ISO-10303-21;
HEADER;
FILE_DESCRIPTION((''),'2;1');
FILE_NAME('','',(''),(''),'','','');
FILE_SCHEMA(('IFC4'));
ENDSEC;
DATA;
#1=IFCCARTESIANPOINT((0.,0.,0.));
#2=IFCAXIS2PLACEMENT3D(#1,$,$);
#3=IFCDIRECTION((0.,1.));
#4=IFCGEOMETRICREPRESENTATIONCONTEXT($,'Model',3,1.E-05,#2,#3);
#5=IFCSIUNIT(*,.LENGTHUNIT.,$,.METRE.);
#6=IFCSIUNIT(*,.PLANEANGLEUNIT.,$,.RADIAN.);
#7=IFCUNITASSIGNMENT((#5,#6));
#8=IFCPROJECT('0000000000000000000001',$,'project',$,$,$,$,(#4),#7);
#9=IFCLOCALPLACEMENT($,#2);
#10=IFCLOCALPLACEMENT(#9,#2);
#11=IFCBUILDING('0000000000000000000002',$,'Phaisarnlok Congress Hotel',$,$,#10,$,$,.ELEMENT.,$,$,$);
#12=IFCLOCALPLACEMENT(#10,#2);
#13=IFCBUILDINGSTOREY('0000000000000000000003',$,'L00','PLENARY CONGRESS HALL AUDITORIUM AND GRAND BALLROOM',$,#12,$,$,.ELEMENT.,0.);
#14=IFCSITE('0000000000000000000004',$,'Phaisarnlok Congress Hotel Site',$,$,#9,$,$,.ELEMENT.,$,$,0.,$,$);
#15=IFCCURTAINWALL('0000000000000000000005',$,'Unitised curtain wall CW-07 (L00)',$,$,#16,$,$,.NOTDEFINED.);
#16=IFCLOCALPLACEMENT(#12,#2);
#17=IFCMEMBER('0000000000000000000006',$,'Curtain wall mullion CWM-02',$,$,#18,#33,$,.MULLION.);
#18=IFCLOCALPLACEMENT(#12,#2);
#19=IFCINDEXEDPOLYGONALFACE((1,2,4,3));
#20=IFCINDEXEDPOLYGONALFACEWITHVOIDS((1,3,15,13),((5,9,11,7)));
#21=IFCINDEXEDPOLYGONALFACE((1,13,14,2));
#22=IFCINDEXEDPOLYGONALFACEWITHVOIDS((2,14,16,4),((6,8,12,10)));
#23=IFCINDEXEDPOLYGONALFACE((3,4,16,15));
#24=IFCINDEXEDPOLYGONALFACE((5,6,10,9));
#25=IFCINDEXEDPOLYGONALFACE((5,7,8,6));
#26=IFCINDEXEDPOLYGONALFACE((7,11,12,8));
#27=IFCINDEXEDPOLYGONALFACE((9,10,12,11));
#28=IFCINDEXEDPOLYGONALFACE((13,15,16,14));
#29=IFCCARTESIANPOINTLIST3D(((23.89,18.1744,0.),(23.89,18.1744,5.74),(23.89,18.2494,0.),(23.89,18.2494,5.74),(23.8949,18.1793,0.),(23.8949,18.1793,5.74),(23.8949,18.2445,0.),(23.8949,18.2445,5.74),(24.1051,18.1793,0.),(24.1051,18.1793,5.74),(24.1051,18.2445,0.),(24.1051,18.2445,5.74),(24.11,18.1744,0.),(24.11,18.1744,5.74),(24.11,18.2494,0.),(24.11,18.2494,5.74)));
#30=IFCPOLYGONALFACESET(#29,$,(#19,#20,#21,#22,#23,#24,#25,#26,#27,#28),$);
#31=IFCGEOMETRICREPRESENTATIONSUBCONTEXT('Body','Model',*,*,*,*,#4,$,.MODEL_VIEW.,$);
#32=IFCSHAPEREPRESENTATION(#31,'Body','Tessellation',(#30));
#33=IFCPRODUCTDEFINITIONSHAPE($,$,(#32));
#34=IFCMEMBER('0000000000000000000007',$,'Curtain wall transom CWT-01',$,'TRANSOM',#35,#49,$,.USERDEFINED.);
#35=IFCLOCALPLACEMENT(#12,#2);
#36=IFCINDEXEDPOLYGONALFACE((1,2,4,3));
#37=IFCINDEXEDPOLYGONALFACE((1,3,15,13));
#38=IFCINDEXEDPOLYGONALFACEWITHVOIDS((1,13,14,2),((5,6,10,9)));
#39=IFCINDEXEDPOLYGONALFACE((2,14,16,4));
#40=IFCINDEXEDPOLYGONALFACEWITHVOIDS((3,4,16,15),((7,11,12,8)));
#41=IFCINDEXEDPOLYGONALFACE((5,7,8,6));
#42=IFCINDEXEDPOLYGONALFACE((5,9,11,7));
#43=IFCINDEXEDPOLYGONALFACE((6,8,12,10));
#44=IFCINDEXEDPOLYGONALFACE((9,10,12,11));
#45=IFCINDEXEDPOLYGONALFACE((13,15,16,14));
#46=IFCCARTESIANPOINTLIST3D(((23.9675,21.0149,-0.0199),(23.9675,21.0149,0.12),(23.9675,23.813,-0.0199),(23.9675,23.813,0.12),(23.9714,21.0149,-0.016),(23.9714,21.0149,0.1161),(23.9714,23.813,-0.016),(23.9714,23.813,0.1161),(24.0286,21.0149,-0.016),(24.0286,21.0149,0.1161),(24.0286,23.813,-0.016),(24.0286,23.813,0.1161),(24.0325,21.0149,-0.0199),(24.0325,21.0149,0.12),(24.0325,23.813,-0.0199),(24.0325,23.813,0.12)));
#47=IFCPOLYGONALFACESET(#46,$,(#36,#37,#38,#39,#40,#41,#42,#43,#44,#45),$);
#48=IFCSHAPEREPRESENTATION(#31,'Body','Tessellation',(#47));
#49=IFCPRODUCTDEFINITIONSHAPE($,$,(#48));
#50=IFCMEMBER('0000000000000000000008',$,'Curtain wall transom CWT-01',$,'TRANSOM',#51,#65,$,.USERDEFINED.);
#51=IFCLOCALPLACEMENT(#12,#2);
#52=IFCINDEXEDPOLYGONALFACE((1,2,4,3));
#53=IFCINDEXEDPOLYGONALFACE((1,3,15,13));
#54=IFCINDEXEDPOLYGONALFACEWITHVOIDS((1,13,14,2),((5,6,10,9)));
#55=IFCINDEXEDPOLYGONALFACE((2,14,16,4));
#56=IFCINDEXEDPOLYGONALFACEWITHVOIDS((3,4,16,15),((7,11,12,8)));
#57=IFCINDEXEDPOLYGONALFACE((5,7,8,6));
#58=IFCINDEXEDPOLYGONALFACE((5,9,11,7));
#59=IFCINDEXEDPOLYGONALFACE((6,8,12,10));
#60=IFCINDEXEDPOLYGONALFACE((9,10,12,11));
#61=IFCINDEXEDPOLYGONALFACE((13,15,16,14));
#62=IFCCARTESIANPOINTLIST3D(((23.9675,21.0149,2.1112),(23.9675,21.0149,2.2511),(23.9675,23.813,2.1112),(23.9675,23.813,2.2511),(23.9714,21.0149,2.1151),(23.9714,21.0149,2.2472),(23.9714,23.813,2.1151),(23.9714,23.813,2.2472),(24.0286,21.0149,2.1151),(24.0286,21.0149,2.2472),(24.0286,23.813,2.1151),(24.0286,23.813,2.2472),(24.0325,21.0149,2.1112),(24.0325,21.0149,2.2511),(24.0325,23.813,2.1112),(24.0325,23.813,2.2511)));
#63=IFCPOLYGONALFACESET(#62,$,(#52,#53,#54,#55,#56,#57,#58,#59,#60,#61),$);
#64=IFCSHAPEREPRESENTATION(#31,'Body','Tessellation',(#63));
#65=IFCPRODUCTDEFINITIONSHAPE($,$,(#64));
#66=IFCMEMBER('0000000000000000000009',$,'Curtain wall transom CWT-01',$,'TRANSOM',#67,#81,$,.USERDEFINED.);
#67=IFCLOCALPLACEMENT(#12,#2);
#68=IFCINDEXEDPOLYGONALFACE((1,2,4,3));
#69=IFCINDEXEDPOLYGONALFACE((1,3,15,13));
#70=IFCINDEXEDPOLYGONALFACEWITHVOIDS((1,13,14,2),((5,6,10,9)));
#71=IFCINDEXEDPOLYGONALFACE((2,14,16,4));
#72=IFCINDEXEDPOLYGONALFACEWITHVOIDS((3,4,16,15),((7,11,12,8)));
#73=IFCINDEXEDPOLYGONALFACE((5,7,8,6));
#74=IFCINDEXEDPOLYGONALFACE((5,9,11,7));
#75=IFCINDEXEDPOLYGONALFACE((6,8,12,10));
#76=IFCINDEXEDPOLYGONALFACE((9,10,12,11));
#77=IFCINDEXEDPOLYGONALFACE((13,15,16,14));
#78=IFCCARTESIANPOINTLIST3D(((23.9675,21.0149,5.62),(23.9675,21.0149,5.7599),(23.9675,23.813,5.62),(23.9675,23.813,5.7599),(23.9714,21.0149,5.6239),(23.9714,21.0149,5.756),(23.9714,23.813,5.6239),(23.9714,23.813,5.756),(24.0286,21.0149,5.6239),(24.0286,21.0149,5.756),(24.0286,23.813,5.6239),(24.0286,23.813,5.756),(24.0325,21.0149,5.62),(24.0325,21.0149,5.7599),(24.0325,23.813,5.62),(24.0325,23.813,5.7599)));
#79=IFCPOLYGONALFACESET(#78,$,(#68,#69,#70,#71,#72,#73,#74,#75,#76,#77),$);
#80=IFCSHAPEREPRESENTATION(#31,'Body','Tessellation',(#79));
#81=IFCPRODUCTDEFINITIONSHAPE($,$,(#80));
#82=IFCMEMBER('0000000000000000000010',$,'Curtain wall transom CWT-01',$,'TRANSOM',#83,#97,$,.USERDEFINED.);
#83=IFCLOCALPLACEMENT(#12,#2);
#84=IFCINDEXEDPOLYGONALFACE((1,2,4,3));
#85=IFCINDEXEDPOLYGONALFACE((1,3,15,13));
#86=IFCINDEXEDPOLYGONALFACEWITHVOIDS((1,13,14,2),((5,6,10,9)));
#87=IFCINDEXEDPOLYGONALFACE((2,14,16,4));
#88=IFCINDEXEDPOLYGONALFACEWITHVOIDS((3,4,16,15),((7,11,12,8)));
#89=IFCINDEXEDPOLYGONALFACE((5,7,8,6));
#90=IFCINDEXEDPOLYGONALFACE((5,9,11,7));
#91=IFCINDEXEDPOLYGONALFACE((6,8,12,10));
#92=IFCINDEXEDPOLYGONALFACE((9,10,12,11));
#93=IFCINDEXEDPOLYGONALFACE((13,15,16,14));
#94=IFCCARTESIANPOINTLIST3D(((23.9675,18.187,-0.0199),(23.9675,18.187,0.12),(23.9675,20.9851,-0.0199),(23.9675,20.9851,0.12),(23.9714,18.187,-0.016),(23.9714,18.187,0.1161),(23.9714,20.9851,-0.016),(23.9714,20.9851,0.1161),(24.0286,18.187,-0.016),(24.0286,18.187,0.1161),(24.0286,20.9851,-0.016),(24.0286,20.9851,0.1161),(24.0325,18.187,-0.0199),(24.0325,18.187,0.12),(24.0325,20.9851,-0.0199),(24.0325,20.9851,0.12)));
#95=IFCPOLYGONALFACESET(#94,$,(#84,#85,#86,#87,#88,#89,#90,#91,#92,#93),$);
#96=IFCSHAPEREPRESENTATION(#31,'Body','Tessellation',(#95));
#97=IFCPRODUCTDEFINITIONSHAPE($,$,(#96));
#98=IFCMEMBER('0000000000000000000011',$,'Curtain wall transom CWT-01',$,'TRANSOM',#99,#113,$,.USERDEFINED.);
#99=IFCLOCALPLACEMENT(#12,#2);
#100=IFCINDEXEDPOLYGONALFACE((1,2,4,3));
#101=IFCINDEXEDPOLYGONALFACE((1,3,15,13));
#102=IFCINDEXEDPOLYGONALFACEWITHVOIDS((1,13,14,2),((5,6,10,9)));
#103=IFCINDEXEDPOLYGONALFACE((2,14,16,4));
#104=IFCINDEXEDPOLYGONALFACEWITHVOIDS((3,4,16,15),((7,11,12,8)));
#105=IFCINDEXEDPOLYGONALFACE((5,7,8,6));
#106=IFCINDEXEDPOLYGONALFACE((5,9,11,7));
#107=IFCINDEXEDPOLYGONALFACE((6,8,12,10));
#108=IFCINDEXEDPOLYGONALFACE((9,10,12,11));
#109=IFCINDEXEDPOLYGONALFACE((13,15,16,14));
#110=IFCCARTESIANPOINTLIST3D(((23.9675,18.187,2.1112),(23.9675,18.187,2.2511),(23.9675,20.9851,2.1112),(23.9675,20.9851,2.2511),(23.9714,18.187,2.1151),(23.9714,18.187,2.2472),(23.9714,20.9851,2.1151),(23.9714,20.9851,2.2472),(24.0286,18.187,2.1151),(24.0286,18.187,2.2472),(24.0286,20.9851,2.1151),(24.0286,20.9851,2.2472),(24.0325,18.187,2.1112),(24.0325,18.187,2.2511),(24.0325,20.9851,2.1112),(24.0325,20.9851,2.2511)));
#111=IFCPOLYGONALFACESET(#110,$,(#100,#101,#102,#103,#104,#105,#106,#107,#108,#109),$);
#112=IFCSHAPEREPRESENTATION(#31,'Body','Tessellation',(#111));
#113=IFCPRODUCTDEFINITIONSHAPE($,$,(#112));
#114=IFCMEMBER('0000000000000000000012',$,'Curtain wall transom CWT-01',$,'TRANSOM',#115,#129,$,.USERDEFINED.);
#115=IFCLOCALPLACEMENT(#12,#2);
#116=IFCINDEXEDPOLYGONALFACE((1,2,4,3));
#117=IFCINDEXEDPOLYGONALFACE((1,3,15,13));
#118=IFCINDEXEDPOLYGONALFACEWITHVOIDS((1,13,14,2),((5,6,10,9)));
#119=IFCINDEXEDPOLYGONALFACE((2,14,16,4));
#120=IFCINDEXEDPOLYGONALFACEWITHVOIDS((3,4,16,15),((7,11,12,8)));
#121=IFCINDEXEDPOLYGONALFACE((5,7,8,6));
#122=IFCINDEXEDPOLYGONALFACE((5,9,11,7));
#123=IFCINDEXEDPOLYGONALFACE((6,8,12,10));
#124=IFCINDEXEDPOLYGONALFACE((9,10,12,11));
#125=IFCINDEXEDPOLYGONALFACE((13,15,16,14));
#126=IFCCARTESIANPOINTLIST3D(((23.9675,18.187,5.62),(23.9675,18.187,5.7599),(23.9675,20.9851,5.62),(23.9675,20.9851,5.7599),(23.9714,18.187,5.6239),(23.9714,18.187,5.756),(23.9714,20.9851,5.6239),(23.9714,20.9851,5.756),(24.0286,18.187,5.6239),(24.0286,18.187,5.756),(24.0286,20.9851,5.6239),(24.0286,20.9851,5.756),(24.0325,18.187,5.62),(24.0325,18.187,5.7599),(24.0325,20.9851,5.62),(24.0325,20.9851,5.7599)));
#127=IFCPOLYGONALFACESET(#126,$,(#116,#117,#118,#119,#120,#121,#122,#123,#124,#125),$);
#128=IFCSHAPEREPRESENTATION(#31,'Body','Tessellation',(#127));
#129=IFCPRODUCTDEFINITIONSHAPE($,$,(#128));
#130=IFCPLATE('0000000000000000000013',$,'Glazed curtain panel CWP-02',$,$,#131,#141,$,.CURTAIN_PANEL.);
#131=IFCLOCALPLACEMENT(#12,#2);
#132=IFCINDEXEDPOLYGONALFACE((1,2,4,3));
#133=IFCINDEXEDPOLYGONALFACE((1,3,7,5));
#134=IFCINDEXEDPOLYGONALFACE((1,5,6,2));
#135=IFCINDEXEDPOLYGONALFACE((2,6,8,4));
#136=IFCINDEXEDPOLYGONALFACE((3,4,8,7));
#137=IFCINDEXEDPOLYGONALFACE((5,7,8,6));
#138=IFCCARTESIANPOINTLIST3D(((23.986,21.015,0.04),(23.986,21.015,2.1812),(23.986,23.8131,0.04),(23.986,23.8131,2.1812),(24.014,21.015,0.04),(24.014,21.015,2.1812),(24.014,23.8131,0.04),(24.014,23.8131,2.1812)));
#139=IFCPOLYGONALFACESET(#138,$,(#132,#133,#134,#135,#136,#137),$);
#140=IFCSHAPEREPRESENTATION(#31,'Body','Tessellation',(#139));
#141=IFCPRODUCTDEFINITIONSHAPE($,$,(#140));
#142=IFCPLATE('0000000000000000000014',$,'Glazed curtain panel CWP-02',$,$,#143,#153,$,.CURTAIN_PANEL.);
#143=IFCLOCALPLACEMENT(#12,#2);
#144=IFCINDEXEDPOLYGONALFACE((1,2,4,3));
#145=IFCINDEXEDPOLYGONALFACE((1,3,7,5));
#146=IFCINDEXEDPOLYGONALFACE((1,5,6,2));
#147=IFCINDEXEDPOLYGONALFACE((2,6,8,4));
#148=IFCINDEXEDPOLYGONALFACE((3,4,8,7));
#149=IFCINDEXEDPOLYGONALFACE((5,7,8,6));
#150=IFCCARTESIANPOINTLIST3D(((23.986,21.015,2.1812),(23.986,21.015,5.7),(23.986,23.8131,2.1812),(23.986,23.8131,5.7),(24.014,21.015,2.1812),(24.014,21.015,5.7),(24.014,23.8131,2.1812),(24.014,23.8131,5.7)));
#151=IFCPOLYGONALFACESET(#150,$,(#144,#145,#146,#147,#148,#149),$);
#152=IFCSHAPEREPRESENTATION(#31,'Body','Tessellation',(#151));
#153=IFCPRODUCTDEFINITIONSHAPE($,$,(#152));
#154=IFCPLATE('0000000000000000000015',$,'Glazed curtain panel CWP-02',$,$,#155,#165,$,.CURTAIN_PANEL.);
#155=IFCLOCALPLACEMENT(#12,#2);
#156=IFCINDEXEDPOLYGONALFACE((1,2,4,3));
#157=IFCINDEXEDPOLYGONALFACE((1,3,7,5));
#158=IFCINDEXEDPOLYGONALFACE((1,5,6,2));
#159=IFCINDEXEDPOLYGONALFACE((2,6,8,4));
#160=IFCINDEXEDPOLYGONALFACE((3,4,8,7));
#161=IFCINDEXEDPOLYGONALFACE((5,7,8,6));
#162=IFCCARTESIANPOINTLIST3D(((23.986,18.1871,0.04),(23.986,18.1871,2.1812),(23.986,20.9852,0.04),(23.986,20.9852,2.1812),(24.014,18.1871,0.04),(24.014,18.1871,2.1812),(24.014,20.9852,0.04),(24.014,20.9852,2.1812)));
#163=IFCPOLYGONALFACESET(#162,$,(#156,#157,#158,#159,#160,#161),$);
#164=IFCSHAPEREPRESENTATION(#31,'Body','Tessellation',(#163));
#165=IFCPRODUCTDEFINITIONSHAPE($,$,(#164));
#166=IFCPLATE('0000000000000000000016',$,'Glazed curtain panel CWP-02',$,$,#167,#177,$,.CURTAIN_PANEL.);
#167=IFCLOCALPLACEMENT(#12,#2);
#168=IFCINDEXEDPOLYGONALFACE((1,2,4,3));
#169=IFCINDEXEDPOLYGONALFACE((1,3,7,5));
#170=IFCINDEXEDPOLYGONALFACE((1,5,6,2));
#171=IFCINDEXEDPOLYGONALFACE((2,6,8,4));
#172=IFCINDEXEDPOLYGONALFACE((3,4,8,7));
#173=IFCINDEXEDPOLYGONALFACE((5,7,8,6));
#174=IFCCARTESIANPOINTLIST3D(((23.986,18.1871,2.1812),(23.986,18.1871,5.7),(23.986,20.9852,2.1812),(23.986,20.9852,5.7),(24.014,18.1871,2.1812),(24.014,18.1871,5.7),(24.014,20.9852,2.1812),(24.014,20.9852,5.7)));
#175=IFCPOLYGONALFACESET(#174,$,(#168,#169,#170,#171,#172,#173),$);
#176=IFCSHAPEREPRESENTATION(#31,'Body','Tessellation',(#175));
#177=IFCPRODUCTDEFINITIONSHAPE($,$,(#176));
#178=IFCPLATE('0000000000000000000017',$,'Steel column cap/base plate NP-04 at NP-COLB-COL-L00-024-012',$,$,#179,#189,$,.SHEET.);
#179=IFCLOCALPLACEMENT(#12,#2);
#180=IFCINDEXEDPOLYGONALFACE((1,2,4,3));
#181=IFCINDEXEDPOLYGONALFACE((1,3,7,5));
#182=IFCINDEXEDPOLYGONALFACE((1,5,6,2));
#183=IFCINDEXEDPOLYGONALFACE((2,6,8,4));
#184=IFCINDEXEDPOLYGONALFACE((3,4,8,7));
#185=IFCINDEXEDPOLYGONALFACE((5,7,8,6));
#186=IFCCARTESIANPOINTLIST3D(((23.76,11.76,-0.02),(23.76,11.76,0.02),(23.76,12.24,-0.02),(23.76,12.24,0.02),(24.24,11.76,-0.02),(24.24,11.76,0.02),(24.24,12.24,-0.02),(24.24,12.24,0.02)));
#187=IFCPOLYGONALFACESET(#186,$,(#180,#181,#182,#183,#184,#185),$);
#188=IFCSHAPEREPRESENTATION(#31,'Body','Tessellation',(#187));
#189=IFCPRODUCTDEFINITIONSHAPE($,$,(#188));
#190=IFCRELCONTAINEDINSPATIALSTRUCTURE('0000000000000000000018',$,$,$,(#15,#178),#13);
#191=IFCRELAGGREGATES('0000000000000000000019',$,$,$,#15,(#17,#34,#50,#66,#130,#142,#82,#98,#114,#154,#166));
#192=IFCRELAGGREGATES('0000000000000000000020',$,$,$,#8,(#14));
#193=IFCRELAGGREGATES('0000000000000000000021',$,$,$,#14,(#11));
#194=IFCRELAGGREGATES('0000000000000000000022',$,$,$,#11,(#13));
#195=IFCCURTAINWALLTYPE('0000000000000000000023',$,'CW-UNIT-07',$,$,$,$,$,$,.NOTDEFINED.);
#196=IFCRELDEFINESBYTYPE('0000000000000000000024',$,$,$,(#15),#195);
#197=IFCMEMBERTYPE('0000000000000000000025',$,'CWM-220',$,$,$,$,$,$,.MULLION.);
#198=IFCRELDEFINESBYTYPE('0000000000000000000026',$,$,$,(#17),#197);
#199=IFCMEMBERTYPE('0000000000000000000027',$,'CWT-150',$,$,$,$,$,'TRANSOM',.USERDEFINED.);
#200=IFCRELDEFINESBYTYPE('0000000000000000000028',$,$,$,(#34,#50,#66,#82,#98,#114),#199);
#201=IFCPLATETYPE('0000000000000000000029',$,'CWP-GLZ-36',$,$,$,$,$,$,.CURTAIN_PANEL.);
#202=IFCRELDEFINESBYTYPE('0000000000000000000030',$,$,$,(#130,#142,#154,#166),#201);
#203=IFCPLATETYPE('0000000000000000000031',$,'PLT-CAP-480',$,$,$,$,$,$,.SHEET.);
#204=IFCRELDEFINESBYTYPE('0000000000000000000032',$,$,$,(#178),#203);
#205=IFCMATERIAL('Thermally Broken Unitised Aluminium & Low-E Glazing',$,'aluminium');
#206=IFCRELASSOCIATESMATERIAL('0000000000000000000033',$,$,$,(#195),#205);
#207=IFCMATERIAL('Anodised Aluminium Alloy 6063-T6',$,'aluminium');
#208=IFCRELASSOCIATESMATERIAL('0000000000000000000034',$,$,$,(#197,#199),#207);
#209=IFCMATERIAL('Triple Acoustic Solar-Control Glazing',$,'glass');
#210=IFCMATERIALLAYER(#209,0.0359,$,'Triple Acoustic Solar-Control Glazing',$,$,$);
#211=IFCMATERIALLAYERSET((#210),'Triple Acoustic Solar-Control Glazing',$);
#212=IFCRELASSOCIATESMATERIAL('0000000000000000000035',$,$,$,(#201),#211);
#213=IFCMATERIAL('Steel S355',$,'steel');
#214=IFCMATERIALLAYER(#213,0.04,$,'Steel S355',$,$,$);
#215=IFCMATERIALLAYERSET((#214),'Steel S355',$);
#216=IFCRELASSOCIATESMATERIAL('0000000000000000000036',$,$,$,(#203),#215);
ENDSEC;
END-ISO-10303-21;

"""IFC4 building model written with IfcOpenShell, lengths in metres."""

from ifc_helpers import new_model, si_unit, direction, frame, frame_2d, origin, origin_2d, place, context, subcontext, project, spatial, rectangle, hollow_rectangle, extrude, material, layer, layer_set, material_profile, profile_set, type_object, element, aggregate, save


model = new_model("IFC4")

# Units and contexts
model_context = context("Model", 3, precision=1e-05, world=origin(), true_north=direction((0.0, 1.0)))
body_context = subcontext(model_context, "Body", "Model", "MODEL_VIEW")
ifc_project = project(units=[si_unit("LENGTHUNIT", "METRE"), si_unit("PLANEANGLEUNIT", "RADIAN")], contexts=[model_context])

# Site, building, storey
site_placement = place(None, origin())
site = spatial("IfcSite", under=ifc_project, at=site_placement, Name="Phaisarnlok Congress Hotel Site", CompositionType="ELEMENT", RefElevation=0.0)
building_placement = place(site_placement, origin())
building = spatial("IfcBuilding", under=site, at=building_placement, Name="Phaisarnlok Congress Hotel", CompositionType="ELEMENT")
storey_placement = place(building_placement, origin())
storey = spatial("IfcBuildingStorey", under=building, at=storey_placement, Name="L00", Description="PLENARY CONGRESS HALL AUDITORIUM AND GRAND BALLROOM", CompositionType="ELEMENT", Elevation=0.0)

# Shared definitions
ifc_material_1 = material(Name="Steel S355", Category="steel")

# Curtain wall, members, plates
ifc_material_2 = material(Name="Thermally Broken Unitised Aluminium & Low-E Glazing", Category="aluminium")
curtain_wall_type = type_object("IfcCurtainWallType", Name="CW-UNIT-07", PredefinedType="NOTDEFINED", material=ifc_material_2)
curtain_wall_placement = place(storey_placement, origin())
curtain_wall = element("IfcCurtainWall", 1, at=curtain_wall_placement, inside=storey, type_object=curtain_wall_type, Name="Unitised curtain wall CW-07 (L00)", PredefinedType="NOTDEFINED")
ifc_material_3 = material(Name="Anodised Aluminium Alloy 6063-T6", Category="aluminium")
ifc_material_profile_1 = material_profile(ifc_material_3, hollow_rectangle(XDim=0.075, YDim=0.22, WallThickness=0.0049, at=origin_2d()), Name="ALU-M 75x220x5")
ifc_profile_set_1 = profile_set([ifc_material_profile_1], Name="Anodised Aluminium Alloy 6063-T6")
member_type_1 = type_object("IfcMemberType", Name="CWM-220", PredefinedType="MULLION", material=ifc_profile_set_1)
member_1_placement = place(storey_placement, frame((24.0, 18.2119, 0.0), z_axis=(0.0, 0.0, 1.0), x_axis=(0.0, -1.0, 0.0)))
member_1 = element("IfcMember", 2, at=member_1_placement, type_object=member_type_1, Name="Curtain wall mullion CWM-02", PredefinedType="MULLION", context=body_context, shape_type="SweptSolid", body=[
    extrude(hollow_rectangle(XDim=0.075, YDim=0.22, WallThickness=0.0049, at=origin_2d()), origin(), (0.0, 0.0, 1.0), 5.74),
])
ifc_material_profile_2 = material_profile(ifc_material_3, hollow_rectangle(XDim=0.0649, YDim=0.1399, WallThickness=0.0039, at=origin_2d()), Name="ALU-T 65x140x4")
ifc_profile_set_2 = profile_set([ifc_material_profile_2], Name="Anodised Aluminium Alloy 6063-T6")
member_type_2 = type_object("IfcMemberType", Name="CWT-150", ElementType="TRANSOM", PredefinedType="USERDEFINED", material=ifc_profile_set_2)
member_2_placement = place(storey_placement, frame((24.0, 23.813, 0.05), z_axis=(0.0, -1.0, 0.0), x_axis=(1.0, 0.0, 0.0)))
member_2 = element("IfcMember", 3, at=member_2_placement, type_object=member_type_2, Name="Curtain wall transom CWT-01", ObjectType="TRANSOM", PredefinedType="USERDEFINED", context=body_context, shape_type="SweptSolid", body=[
    extrude(hollow_rectangle(XDim=0.0649, YDim=0.1399, WallThickness=0.0039, at=origin_2d()), origin(), (0.0, 0.0, 1.0), 2.7981),
])
member_3_placement = place(storey_placement, frame((24.0, 23.813, 2.1812), z_axis=(0.0, -1.0, 0.0), x_axis=(1.0, 0.0, 0.0)))
member_3 = element("IfcMember", 4, at=member_3_placement, type_object=member_type_2, Name="Curtain wall transom CWT-01", ObjectType="TRANSOM", PredefinedType="USERDEFINED", context=body_context, shape_type="SweptSolid", body=[
    extrude(hollow_rectangle(XDim=0.0649, YDim=0.1399, WallThickness=0.0039, at=origin_2d()), origin(), (0.0, 0.0, 1.0), 2.7981),
])
member_4_placement = place(storey_placement, frame((24.0, 23.813, 5.6899), z_axis=(0.0, -1.0, 0.0), x_axis=(1.0, 0.0, 0.0)))
member_4 = element("IfcMember", 5, at=member_4_placement, type_object=member_type_2, Name="Curtain wall transom CWT-01", ObjectType="TRANSOM", PredefinedType="USERDEFINED", context=body_context, shape_type="SweptSolid", body=[
    extrude(hollow_rectangle(XDim=0.0649, YDim=0.1399, WallThickness=0.0039, at=origin_2d()), origin(), (0.0, 0.0, 1.0), 2.7981),
])
member_5_placement = place(storey_placement, frame((24.0, 20.9851, 0.05), z_axis=(0.0, -1.0, 0.0), x_axis=(1.0, 0.0, 0.0)))
member_5 = element("IfcMember", 6, at=member_5_placement, type_object=member_type_2, Name="Curtain wall transom CWT-01", ObjectType="TRANSOM", PredefinedType="USERDEFINED", context=body_context, shape_type="SweptSolid", body=[
    extrude(hollow_rectangle(XDim=0.0649, YDim=0.1399, WallThickness=0.0039, at=origin_2d()), origin(), (0.0, 0.0, 1.0), 2.7981),
])
member_6_placement = place(storey_placement, frame((24.0, 20.9851, 2.1812), z_axis=(0.0, -1.0, 0.0), x_axis=(1.0, 0.0, 0.0)))
member_6 = element("IfcMember", 7, at=member_6_placement, type_object=member_type_2, Name="Curtain wall transom CWT-01", ObjectType="TRANSOM", PredefinedType="USERDEFINED", context=body_context, shape_type="SweptSolid", body=[
    extrude(hollow_rectangle(XDim=0.0649, YDim=0.1399, WallThickness=0.0039, at=origin_2d()), origin(), (0.0, 0.0, 1.0), 2.7981),
])
member_7_placement = place(storey_placement, frame((24.0, 20.9851, 5.6899), z_axis=(0.0, -1.0, 0.0), x_axis=(1.0, 0.0, 0.0)))
member_7 = element("IfcMember", 8, at=member_7_placement, type_object=member_type_2, Name="Curtain wall transom CWT-01", ObjectType="TRANSOM", PredefinedType="USERDEFINED", context=body_context, shape_type="SweptSolid", body=[
    extrude(hollow_rectangle(XDim=0.0649, YDim=0.1399, WallThickness=0.0039, at=origin_2d()), origin(), (0.0, 0.0, 1.0), 2.7981),
])
ifc_material_4 = material(Name="Triple Acoustic Solar-Control Glazing", Category="glass")
ifc_layer_1 = layer(ifc_material_4, 0.0359, Name="Triple Acoustic Solar-Control Glazing")
ifc_layer_set_1 = layer_set([ifc_layer_1], Name="Triple Acoustic Solar-Control Glazing")
plate_type_1 = type_object("IfcPlateType", Name="CWP-GLZ-36", PredefinedType="CURTAIN_PANEL", material=ifc_layer_set_1)
plate_1_placement = place(storey_placement, frame((24.0, 23.813, 0.04), z_axis=(0.0, 0.0, 1.0), x_axis=(0.0, -1.0, 0.0)))
plate_1 = element("IfcPlate", 9, at=plate_1_placement, type_object=plate_type_1, Name="Glazed curtain panel CWP-02", PredefinedType="CURTAIN_PANEL", context=body_context, shape_type="SweptSolid", body=[
    extrude(rectangle(XDim=2.7981, YDim=0.0281, at=frame_2d((1.3989, 0.0))), origin(), (0.0, 0.0, 1.0), 2.1411),
])
plate_2_placement = place(storey_placement, frame((24.0, 23.813, 2.1812), z_axis=(0.0, 0.0, 1.0), x_axis=(0.0, -1.0, 0.0)))
plate_2 = element("IfcPlate", 10, at=plate_2_placement, type_object=plate_type_1, Name="Glazed curtain panel CWP-02", PredefinedType="CURTAIN_PANEL", context=body_context, shape_type="SweptSolid", body=[
    extrude(rectangle(XDim=2.7981, YDim=0.0281, at=frame_2d((1.3989, 0.0))), origin(), (0.0, 0.0, 1.0), 3.5188),
])
plate_3_placement = place(storey_placement, frame((24.0, 20.9851, 0.04), z_axis=(0.0, 0.0, 1.0), x_axis=(0.0, -1.0, 0.0)))
plate_3 = element("IfcPlate", 11, at=plate_3_placement, type_object=plate_type_1, Name="Glazed curtain panel CWP-02", PredefinedType="CURTAIN_PANEL", context=body_context, shape_type="SweptSolid", body=[
    extrude(rectangle(XDim=2.7981, YDim=0.0281, at=frame_2d((1.3989, 0.0))), origin(), (0.0, 0.0, 1.0), 2.1411),
])
plate_4_placement = place(storey_placement, frame((24.0, 20.9851, 2.1812), z_axis=(0.0, 0.0, 1.0), x_axis=(0.0, -1.0, 0.0)))
plate_4 = element("IfcPlate", 12, at=plate_4_placement, type_object=plate_type_1, Name="Glazed curtain panel CWP-02", PredefinedType="CURTAIN_PANEL", context=body_context, shape_type="SweptSolid", body=[
    extrude(rectangle(XDim=2.7981, YDim=0.0281, at=frame_2d((1.3989, 0.0))), origin(), (0.0, 0.0, 1.0), 3.5188),
])
aggregate(curtain_wall, [member_1, member_2, member_3, member_4, plate_1, plate_2, member_5, member_6, member_7, plate_3, plate_4])

# Plate
ifc_layer_2 = layer(ifc_material_1, 0.04, Name="Steel S355")
ifc_layer_set_2 = layer_set([ifc_layer_2], Name="Steel S355")
plate_type_2 = type_object("IfcPlateType", Name="PLT-CAP-480", PredefinedType="SHEET", material=ifc_layer_set_2)
for number, where, z_axis, x_axis, name in (
    (13, (24.0, 12.0, -0.02), (0.0, 0.0, 1.0), (1.0, 0.0, 0.0), "Steel column cap/base plate NP-04 at NP-COLB-COL-L00-024-012"),
):
    element("IfcPlate", number, at=place(storey_placement, frame(where, z_axis=z_axis, x_axis=x_axis)), inside=storey, type_object=plate_type_2, Name=name, PredefinedType="SHEET", context=body_context, shape_type="SweptSolid", body=[
        extrude(rectangle(XDim=0.48, YDim=0.48, at=origin_2d()), origin(), (0.0, 0.0, 1.0), 0.04),
    ])

save(model, "model.ifc")
